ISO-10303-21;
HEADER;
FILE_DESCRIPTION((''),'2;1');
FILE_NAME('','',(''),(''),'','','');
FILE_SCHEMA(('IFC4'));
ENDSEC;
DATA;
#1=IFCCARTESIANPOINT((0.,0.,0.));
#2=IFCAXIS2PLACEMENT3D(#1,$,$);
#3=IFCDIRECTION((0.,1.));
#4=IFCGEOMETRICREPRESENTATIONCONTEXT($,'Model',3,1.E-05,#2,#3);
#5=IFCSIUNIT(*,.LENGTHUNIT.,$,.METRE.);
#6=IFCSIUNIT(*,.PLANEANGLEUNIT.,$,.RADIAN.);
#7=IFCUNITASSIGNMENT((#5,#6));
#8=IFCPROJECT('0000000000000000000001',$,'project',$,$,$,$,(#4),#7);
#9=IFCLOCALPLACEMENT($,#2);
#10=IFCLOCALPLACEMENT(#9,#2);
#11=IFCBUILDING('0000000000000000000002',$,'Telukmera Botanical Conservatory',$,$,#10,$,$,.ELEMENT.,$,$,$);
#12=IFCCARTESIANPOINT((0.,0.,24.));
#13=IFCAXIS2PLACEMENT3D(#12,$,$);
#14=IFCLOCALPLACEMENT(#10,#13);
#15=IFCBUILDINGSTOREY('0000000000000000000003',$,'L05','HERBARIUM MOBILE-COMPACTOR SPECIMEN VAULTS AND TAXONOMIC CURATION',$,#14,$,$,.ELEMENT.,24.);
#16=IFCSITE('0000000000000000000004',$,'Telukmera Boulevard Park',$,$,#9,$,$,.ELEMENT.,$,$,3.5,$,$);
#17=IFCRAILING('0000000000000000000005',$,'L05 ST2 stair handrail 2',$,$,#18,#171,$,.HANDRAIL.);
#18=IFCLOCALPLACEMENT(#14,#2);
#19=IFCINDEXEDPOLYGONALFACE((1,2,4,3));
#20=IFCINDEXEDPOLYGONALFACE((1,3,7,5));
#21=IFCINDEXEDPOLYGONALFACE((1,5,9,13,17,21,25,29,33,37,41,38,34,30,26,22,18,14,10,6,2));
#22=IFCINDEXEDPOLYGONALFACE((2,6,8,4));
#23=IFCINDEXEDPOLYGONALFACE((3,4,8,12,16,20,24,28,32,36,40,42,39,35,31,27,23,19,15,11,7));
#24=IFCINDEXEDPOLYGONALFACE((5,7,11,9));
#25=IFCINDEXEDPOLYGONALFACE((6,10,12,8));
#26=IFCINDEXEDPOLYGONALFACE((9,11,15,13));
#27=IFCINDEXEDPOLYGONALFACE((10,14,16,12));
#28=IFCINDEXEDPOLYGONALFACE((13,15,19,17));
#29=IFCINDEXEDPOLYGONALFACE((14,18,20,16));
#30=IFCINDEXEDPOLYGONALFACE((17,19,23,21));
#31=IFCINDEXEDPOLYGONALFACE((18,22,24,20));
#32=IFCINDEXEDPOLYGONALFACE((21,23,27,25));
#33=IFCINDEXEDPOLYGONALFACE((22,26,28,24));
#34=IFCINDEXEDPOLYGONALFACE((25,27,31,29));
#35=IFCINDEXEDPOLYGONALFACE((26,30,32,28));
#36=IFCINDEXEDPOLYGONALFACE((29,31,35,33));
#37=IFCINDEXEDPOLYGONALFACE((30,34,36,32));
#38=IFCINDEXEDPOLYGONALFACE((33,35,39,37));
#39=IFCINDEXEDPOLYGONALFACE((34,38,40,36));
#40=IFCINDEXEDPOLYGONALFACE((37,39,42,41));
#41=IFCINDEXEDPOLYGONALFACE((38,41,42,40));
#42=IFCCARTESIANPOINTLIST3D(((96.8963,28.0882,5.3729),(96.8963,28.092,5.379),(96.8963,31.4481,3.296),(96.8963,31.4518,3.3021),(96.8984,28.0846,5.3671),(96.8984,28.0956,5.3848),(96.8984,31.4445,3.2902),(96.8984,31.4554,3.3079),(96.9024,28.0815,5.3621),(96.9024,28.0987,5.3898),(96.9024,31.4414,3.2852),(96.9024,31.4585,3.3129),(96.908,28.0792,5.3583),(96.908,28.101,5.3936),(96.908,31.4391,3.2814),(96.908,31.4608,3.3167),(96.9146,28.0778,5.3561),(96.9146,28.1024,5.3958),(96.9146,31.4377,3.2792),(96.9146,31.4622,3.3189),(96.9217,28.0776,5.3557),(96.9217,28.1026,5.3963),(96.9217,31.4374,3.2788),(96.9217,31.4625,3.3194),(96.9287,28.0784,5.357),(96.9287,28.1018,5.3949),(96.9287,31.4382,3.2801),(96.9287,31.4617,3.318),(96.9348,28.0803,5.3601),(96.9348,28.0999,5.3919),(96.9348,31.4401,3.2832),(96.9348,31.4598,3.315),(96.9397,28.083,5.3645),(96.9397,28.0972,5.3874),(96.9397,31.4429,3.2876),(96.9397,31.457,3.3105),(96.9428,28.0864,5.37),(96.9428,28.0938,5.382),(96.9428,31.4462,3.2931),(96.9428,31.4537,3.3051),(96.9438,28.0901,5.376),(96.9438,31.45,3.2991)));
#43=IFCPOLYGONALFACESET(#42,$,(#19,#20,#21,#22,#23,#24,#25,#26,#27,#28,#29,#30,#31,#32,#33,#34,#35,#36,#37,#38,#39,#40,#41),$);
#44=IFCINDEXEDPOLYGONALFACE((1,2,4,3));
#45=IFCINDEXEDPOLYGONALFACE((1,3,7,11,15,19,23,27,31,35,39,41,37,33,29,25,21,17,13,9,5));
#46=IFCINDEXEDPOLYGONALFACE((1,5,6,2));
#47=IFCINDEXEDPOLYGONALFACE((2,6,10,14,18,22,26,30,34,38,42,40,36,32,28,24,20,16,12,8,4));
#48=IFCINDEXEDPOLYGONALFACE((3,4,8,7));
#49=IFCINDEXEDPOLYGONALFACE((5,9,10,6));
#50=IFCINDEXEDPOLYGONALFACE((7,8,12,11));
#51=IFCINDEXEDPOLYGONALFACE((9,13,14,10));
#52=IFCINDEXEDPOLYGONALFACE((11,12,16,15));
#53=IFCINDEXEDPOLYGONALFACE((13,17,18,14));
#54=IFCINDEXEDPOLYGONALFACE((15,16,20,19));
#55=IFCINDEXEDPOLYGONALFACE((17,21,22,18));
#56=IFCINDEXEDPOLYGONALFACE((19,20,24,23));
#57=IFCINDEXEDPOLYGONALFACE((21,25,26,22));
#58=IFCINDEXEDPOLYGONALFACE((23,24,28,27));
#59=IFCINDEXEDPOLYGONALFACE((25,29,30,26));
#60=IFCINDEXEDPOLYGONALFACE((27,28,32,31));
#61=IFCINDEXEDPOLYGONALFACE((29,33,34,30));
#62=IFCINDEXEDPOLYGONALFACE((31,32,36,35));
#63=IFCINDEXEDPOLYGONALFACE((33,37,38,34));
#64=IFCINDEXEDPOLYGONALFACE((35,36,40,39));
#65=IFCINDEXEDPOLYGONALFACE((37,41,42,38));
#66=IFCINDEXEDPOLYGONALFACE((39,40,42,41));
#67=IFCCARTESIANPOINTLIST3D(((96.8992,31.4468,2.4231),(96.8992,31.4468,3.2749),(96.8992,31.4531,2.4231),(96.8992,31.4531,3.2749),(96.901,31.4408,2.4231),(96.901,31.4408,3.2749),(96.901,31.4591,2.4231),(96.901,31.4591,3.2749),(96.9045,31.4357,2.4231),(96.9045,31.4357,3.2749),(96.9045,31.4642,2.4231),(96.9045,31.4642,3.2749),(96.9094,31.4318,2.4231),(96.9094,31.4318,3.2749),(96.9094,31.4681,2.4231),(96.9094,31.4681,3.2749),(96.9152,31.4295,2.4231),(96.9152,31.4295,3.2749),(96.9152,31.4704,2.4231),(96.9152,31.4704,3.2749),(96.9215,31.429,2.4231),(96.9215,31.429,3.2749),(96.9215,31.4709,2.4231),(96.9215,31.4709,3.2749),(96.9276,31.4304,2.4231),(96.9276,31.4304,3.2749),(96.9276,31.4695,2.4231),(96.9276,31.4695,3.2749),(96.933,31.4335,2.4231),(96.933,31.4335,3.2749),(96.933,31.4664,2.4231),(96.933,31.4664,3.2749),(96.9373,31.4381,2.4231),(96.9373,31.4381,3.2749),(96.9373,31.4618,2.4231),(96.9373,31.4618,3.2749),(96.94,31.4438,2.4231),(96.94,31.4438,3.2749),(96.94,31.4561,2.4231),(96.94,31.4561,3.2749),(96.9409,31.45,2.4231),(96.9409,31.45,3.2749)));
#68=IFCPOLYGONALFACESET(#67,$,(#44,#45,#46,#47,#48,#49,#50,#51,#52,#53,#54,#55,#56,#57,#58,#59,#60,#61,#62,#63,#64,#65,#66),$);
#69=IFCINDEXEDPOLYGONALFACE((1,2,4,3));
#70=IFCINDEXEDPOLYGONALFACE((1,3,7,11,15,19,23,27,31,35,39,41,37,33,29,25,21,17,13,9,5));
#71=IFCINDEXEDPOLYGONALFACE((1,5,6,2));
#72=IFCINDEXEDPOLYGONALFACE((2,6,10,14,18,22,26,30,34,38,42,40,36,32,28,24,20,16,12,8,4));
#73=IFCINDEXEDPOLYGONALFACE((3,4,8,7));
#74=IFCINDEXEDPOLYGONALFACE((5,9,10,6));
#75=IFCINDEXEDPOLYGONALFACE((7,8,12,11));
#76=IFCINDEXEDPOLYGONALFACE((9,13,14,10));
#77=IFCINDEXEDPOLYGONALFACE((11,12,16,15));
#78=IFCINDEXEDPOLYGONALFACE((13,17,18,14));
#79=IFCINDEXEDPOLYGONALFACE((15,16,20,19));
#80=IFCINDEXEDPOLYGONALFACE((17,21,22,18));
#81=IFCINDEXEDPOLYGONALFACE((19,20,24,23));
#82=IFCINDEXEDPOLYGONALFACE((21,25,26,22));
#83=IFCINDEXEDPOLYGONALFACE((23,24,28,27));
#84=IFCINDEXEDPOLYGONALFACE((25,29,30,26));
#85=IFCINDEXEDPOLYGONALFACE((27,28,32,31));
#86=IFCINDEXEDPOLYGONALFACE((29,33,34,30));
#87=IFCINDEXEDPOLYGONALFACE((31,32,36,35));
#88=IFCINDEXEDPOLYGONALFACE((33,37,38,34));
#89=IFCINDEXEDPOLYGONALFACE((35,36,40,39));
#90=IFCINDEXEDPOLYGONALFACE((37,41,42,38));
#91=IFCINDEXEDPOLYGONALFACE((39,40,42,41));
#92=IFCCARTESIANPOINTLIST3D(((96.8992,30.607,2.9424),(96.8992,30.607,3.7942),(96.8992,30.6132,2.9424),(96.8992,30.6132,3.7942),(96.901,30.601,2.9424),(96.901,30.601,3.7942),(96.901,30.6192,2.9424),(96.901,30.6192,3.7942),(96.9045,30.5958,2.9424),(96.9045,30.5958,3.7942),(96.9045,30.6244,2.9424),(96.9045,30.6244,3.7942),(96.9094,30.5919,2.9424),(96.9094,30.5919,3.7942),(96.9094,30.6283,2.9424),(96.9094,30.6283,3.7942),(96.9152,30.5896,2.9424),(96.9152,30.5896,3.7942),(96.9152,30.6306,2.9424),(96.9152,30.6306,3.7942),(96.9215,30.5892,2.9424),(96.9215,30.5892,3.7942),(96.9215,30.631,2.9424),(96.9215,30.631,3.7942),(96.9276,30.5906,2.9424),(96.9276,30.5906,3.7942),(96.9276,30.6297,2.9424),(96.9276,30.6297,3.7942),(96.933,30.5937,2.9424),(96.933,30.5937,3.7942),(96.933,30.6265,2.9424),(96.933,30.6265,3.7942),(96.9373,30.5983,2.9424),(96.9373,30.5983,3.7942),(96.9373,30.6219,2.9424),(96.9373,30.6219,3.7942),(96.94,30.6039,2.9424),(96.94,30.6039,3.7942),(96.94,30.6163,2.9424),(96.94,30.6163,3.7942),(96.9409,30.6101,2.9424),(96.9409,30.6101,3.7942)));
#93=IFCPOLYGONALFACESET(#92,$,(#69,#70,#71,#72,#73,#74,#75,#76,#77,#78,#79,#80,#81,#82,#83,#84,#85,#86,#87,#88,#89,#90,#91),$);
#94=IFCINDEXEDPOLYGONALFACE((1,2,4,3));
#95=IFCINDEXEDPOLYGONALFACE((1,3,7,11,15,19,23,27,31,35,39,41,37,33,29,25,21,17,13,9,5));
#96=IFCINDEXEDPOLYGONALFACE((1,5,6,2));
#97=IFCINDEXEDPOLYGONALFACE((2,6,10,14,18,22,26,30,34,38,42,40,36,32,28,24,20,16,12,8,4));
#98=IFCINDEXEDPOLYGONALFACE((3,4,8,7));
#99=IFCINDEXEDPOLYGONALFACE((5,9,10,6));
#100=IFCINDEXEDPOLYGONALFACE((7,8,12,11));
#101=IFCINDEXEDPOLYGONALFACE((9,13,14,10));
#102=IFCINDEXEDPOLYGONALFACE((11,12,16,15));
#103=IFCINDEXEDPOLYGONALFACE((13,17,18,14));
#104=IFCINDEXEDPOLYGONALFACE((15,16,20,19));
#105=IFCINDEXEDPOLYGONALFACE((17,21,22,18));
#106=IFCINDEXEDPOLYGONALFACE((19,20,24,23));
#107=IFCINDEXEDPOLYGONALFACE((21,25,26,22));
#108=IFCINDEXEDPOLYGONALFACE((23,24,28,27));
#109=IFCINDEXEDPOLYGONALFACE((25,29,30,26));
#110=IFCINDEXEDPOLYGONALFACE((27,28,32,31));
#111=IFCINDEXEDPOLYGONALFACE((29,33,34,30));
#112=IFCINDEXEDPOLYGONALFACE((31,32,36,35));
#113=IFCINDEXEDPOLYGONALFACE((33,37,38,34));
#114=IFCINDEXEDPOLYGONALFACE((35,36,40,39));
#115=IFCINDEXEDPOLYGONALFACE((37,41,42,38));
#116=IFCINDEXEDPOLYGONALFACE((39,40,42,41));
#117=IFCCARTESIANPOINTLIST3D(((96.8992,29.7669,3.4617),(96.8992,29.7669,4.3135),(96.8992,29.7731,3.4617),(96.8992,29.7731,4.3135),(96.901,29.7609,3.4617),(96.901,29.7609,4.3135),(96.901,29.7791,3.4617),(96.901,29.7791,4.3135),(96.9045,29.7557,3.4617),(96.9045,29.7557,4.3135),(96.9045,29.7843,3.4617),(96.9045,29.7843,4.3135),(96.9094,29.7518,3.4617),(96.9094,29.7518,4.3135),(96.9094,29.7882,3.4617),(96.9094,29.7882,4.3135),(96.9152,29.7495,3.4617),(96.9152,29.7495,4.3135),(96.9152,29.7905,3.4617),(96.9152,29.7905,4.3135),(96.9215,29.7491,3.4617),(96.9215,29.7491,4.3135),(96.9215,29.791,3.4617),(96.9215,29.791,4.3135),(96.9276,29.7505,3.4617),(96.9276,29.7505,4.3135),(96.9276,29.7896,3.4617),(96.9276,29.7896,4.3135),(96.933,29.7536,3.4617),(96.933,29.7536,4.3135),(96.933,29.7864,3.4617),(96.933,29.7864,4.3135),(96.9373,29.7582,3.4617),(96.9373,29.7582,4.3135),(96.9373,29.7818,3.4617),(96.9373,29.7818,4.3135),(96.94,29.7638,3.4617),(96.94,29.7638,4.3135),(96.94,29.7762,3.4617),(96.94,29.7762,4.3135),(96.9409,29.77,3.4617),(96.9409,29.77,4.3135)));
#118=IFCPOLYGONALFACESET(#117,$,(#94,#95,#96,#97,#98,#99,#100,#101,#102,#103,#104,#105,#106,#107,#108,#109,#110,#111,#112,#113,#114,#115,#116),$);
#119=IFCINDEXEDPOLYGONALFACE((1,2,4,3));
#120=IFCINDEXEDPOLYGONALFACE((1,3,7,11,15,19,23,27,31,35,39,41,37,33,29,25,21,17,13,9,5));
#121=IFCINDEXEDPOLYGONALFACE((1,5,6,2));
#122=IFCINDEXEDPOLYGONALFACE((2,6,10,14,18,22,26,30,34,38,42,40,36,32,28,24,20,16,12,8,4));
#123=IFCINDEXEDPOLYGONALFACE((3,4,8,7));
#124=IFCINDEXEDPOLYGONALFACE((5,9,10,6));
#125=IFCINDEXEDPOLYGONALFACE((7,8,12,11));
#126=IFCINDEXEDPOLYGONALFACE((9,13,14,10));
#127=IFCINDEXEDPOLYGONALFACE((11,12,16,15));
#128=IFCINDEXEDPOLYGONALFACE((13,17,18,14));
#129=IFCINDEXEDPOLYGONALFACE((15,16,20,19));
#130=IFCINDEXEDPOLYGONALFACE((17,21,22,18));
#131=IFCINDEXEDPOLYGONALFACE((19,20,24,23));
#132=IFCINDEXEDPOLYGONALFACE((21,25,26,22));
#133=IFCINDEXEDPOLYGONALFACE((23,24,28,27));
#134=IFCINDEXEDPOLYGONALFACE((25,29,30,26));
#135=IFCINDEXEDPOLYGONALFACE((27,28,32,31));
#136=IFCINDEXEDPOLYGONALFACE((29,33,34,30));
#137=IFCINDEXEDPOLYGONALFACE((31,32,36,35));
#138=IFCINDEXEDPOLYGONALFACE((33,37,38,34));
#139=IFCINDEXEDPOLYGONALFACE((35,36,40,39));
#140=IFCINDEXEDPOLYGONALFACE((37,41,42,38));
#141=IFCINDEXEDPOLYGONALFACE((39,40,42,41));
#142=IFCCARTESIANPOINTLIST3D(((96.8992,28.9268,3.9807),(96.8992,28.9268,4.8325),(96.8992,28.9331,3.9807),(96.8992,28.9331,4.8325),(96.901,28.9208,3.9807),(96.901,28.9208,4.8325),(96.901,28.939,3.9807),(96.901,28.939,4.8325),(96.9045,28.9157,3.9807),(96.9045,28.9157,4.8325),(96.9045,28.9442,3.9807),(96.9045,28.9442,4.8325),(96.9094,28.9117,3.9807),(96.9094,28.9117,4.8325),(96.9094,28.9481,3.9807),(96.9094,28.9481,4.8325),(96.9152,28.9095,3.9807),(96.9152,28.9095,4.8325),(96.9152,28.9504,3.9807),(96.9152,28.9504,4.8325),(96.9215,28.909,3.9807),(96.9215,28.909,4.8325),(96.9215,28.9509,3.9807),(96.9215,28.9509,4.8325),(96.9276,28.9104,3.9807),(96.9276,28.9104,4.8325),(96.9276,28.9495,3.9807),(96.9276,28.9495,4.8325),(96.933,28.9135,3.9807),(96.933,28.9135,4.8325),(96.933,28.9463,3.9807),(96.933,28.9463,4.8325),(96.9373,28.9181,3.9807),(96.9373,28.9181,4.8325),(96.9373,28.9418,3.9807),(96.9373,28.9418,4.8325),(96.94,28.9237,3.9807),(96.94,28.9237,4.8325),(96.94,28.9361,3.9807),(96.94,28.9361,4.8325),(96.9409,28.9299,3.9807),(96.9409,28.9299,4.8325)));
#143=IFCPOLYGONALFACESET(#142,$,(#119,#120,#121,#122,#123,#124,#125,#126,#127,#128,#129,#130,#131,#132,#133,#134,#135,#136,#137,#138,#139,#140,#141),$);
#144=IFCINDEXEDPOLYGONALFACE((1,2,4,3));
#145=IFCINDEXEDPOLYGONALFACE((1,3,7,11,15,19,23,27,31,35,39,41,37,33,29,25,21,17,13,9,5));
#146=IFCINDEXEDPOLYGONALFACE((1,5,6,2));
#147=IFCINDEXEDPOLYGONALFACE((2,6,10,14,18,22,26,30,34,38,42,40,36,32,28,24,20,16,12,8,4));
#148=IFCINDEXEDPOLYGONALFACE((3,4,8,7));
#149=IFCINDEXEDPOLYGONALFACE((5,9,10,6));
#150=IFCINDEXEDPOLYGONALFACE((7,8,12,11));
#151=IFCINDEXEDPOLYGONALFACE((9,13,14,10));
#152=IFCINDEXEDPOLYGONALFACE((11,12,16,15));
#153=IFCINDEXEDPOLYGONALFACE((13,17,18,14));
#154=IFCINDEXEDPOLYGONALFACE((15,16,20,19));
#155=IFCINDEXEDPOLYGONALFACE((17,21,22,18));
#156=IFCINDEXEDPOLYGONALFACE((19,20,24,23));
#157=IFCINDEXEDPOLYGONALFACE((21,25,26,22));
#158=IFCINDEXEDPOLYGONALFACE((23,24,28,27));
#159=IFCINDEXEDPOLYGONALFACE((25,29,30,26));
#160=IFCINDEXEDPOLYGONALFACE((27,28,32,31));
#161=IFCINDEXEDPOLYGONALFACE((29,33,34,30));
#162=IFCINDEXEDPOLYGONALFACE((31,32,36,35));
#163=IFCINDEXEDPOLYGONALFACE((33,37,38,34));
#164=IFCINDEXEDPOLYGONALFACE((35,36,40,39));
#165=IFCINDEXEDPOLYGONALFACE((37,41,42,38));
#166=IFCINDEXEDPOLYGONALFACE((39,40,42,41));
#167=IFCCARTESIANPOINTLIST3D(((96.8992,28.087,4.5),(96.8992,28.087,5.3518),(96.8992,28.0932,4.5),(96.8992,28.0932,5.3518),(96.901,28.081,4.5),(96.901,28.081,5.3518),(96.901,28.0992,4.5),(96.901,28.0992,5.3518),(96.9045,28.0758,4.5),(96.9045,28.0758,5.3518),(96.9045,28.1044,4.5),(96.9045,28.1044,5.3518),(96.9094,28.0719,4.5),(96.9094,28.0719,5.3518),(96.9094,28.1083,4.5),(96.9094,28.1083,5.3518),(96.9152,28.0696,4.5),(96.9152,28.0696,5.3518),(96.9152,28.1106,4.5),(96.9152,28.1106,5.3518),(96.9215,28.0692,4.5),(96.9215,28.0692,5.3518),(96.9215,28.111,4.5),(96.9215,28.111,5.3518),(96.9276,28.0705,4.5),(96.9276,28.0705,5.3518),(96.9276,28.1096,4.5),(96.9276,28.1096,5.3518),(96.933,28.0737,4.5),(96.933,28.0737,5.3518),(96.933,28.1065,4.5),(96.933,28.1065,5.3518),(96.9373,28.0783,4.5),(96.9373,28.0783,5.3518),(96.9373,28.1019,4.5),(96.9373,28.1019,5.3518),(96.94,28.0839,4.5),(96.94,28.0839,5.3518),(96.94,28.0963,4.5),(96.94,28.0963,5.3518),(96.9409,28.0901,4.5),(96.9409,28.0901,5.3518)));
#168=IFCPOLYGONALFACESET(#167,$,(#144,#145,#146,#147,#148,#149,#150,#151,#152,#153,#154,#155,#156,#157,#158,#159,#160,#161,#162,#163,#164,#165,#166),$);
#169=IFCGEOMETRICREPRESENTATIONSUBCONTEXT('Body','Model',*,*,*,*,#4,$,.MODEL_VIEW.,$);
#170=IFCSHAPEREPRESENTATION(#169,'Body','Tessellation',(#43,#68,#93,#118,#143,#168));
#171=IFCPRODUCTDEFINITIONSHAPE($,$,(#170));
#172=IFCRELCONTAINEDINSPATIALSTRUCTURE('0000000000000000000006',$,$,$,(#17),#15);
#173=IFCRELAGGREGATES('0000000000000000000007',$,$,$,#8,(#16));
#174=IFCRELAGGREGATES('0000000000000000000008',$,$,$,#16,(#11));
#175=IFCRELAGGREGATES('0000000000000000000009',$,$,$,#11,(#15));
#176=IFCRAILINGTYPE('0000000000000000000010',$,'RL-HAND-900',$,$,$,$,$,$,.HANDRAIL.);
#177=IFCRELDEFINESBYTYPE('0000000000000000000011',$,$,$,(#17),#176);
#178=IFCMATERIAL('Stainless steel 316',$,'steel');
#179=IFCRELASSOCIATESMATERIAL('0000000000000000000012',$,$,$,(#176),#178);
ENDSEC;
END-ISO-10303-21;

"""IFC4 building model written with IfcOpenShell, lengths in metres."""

from ifc_helpers import new_model, si_unit, direction, frame, origin, origin_2d, place, context, subcontext, project, spatial, circle, extrude, material, type_object, element, save


model = new_model("IFC4")

# Units and contexts
model_context = context("Model", 3, precision=1e-05, world=origin(), true_north=direction((0.0, 1.0)))
body_context = subcontext(model_context, "Body", "Model", "MODEL_VIEW")
ifc_project = project(units=[si_unit("LENGTHUNIT", "METRE"), si_unit("PLANEANGLEUNIT", "RADIAN")], contexts=[model_context])

# Site, building, storey
site_placement = place(None, origin())
site = spatial("IfcSite", under=ifc_project, at=site_placement, Name="Telukmera Boulevard Park", CompositionType="ELEMENT", RefElevation=3.5)
building_placement = place(site_placement, origin())
building = spatial("IfcBuilding", under=site, at=building_placement, Name="Telukmera Botanical Conservatory", CompositionType="ELEMENT")
storey_placement = place(building_placement, frame((0.0, 0.0, 24.0)))
storey = spatial("IfcBuildingStorey", under=building, at=storey_placement, Name="L05", Description="HERBARIUM MOBILE-COMPACTOR SPECIMEN VAULTS AND TAXONOMIC CURATION", CompositionType="ELEMENT", Elevation=24.0)

# Shared definitions
ifc_material_1 = material(Name="Stainless steel 316", Category="steel")

# Railing
railing_type_1 = type_object("IfcRailingType", Name="RL-HAND-900", PredefinedType="HANDRAIL", material=ifc_material_1)
railing_1_placement = place(storey_placement, frame((96.9199, 31.45, 2.4231)))
element("IfcRailing", 1, at=railing_1_placement, inside=storey, type_object=railing_type_1, Name="L05 ST2 stair handrail 2", PredefinedType="HANDRAIL", context=body_context, shape_type="SweptSolid", body=[
    extrude(circle(Radius=0.0239, at=origin_2d()), frame((0.0, 0.0, 0.876), z_axis=(0.0, -0.850606, 0.525803), x_axis=(1.0, 0.0, 0.0)), (0.0, 0.0, 1.0), 3.95),
    extrude(circle(Radius=0.021, at=origin_2d()), origin(), (0.0, 0.0, 1.0), 0.8518),
    extrude(circle(Radius=0.021, at=origin_2d()), frame((0.0, -0.8398, 0.5193)), (0.0, 0.0, 1.0), 0.8518),
    extrude(circle(Radius=0.021, at=origin_2d()), frame((0.0, -1.6799, 1.0386)), (0.0, 0.0, 1.0), 0.8518),
    extrude(circle(Radius=0.021, at=origin_2d()), frame((0.0, -2.52, 1.5576)), (0.0, 0.0, 1.0), 0.8518),
    extrude(circle(Radius=0.021, at=origin_2d()), frame((0.0, -3.3599, 2.0769)), (0.0, 0.0, 1.0), 0.8518),
])

save(model, "model.ifc")
